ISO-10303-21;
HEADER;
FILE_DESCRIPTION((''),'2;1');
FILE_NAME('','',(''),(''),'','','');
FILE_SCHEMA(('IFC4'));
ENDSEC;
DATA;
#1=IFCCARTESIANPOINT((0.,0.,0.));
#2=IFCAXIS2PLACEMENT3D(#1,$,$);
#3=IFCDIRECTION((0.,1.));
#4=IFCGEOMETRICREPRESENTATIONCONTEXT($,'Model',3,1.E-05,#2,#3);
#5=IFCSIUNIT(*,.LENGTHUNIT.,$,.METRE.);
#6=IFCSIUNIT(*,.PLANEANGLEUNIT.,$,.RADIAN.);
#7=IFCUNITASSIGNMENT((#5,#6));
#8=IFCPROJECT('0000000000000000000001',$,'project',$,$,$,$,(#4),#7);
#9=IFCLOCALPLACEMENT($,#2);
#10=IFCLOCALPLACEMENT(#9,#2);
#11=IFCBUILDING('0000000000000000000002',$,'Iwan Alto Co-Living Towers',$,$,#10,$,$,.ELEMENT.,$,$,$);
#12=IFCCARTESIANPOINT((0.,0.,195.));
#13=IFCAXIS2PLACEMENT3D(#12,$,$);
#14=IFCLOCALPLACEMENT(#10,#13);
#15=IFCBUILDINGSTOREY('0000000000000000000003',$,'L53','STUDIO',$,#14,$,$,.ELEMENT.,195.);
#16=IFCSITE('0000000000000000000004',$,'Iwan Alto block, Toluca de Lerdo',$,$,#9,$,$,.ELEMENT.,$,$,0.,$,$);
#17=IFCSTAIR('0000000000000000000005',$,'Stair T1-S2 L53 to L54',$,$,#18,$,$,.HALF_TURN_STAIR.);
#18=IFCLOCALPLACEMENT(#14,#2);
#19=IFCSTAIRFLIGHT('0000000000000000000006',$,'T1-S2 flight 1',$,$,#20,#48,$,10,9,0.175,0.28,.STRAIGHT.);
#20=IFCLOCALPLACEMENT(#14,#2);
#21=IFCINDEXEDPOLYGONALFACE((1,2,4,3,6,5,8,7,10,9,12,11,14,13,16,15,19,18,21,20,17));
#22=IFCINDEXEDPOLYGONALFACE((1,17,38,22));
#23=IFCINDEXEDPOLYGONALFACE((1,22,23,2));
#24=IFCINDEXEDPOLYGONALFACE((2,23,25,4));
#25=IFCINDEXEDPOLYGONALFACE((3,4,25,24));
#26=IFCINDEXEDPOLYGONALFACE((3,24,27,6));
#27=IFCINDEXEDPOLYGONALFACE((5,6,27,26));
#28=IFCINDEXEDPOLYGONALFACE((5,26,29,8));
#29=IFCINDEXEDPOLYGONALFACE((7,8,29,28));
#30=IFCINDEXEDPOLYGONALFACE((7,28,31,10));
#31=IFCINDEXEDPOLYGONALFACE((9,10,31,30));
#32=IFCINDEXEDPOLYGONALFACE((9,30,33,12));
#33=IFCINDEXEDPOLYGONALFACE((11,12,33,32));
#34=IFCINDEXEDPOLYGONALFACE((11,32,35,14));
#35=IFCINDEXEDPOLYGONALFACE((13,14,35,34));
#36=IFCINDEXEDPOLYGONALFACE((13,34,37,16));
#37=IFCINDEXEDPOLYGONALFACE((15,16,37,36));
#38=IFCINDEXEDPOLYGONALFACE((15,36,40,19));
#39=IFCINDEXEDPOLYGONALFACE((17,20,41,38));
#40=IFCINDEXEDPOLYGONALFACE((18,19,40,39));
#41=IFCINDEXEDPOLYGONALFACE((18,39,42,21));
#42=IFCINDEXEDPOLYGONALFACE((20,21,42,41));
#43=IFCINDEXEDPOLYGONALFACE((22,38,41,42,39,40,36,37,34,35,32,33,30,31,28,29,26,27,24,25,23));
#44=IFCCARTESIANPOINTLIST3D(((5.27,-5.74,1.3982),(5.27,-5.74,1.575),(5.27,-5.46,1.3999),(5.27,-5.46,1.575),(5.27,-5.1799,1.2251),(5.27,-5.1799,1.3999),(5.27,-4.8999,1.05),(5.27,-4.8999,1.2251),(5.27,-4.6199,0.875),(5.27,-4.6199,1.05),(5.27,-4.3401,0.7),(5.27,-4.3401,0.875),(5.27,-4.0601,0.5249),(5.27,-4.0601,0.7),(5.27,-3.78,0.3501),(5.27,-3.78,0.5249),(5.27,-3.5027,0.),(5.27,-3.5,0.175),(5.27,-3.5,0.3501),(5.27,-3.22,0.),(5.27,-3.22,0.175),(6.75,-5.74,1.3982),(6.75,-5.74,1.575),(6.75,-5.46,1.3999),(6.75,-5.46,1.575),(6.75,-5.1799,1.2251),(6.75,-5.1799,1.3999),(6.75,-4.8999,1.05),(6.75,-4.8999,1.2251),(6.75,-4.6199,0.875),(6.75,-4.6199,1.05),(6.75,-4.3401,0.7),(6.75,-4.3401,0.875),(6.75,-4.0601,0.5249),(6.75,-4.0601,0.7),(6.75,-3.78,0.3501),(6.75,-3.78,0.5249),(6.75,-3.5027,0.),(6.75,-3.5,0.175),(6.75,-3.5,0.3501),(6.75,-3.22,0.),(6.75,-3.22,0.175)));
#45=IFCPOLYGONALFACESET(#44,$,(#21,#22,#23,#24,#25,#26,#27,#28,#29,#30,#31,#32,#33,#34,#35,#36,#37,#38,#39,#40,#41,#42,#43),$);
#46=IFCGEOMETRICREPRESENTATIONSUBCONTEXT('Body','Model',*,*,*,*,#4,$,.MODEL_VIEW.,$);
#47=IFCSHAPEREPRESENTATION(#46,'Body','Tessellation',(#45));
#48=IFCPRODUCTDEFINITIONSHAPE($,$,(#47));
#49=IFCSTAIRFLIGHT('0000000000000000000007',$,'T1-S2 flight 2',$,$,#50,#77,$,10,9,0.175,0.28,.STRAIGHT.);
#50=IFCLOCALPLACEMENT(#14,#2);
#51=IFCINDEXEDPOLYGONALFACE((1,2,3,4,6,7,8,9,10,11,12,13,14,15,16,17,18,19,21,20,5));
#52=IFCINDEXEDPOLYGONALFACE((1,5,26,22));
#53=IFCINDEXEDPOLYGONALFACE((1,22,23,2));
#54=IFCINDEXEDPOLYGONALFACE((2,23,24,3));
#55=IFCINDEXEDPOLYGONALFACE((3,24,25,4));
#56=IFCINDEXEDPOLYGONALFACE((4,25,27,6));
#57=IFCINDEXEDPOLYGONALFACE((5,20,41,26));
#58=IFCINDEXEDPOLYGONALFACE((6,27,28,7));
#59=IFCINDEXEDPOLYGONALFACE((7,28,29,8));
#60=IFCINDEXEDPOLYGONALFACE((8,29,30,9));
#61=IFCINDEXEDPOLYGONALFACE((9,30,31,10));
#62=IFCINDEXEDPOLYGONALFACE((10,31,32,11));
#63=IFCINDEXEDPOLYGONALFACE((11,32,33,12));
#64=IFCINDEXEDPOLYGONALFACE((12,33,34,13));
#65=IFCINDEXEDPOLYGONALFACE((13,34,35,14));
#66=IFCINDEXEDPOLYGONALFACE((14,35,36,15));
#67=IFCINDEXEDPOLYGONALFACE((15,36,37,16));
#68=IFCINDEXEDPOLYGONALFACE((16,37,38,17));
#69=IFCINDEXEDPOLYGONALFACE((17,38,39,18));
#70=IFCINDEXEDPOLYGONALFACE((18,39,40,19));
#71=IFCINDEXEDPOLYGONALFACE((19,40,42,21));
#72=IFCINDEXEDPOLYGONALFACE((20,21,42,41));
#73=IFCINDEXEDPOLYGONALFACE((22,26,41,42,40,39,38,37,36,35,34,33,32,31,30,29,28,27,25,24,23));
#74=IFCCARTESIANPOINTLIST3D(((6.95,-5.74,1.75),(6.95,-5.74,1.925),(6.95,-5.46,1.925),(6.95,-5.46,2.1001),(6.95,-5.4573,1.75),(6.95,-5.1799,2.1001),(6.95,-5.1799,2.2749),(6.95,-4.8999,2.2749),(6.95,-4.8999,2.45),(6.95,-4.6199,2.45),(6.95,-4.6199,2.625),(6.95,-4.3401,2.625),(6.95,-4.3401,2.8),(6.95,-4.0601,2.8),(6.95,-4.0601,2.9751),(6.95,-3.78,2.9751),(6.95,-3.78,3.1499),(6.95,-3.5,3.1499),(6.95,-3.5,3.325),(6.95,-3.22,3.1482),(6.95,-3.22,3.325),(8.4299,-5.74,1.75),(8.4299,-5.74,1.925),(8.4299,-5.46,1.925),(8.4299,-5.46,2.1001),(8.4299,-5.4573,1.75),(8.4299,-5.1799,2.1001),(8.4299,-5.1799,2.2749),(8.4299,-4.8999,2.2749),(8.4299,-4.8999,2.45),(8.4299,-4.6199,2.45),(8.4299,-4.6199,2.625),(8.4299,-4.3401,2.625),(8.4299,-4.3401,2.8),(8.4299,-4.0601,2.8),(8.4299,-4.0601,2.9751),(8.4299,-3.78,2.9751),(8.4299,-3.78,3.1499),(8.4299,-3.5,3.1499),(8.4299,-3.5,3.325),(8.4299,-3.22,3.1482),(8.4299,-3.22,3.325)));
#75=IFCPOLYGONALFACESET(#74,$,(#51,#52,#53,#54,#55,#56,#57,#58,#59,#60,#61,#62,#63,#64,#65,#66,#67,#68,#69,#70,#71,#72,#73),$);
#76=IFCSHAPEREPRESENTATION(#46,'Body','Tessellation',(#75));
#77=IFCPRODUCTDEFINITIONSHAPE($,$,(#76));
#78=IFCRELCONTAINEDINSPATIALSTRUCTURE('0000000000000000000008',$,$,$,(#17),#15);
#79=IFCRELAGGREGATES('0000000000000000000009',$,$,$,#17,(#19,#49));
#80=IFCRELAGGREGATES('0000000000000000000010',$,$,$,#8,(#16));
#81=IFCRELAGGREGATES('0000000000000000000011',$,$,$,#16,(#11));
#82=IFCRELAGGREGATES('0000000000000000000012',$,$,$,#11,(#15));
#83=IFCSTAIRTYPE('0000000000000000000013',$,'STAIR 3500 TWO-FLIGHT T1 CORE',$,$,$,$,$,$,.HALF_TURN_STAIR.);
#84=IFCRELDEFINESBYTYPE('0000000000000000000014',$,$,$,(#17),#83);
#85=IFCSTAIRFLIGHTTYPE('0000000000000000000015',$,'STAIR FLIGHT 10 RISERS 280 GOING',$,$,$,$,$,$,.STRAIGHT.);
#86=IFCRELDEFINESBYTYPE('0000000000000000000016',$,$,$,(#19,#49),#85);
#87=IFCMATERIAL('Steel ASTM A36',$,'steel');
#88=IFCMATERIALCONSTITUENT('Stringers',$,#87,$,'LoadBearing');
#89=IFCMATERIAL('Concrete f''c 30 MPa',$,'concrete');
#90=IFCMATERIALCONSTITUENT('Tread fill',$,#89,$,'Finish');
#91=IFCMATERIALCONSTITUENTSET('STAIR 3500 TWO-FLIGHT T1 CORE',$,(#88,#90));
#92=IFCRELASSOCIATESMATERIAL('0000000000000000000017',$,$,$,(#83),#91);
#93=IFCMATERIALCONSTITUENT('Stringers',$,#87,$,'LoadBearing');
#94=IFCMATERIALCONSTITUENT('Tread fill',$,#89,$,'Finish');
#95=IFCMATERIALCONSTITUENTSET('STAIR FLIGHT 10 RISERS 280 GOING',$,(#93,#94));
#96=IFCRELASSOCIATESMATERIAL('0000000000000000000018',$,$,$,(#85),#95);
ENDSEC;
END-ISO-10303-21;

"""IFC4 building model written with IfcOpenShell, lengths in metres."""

from ifc_helpers import new_model, si_unit, direction, frame, origin, place, context, subcontext, project, spatial, polyline, outline, extrude, material, constituent, constituent_set, type_object, element, aggregate, save


model = new_model("IFC4")

# Units and contexts
model_context = context("Model", 3, precision=1e-05, world=origin(), true_north=direction((0.0, 1.0)))
body_context = subcontext(model_context, "Body", "Model", "MODEL_VIEW")
ifc_project = project(units=[si_unit("LENGTHUNIT", "METRE"), si_unit("PLANEANGLEUNIT", "RADIAN")], contexts=[model_context])

# Site, building, storey
site_placement = place(None, origin())
site = spatial("IfcSite", under=ifc_project, at=site_placement, Name="Iwan Alto block, Toluca de Lerdo", CompositionType="ELEMENT", RefElevation=0.0)
building_placement = place(site_placement, origin())
building = spatial("IfcBuilding", under=site, at=building_placement, Name="Iwan Alto Co-Living Towers", CompositionType="ELEMENT")
storey_placement = place(building_placement, frame((0.0, 0.0, 195.0)))
storey = spatial("IfcBuildingStorey", under=building, at=storey_placement, Name="L53", Description="STUDIO", CompositionType="ELEMENT", Elevation=195.0)

# Stair
ifc_material_1 = material(Name="Steel ASTM A36", Category="steel")
ifc_constituent_1 = constituent(ifc_material_1, Name="Stringers", Category="LoadBearing")
ifc_material_2 = material(Name="Concrete f'c 30 MPa", Category="concrete")
ifc_constituent_2 = constituent(ifc_material_2, Name="Tread fill", Category="Finish")
ifc_constituent_set_1 = constituent_set(constituents=[ifc_constituent_1, ifc_constituent_2], Name="STAIR 3500 TWO-FLIGHT T1 CORE")
stair_type = type_object("IfcStairType", Name="STAIR 3500 TWO-FLIGHT T1 CORE", PredefinedType="HALF_TURN_STAIR", material=ifc_constituent_set_1)
stair_1_placement = place(storey_placement, origin())
stair_1 = element("IfcStair", 1, at=stair_1_placement, inside=storey, type_object=stair_type, Name="Stair T1-S2 L53 to L54", PredefinedType="HALF_TURN_STAIR")

# Stair flights
ifc_constituent_3 = constituent(ifc_material_1, Name="Stringers", Category="LoadBearing")
ifc_constituent_4 = constituent(ifc_material_2, Name="Tread fill", Category="Finish")
ifc_constituent_set_2 = constituent_set(constituents=[ifc_constituent_3, ifc_constituent_4], Name="STAIR FLIGHT 10 RISERS 280 GOING")
stair_flight_type = type_object("IfcStairFlightType", Name="STAIR FLIGHT 10 RISERS 280 GOING", PredefinedType="STRAIGHT", material=ifc_constituent_set_2)
stair_flight_1_placement = place(storey_placement, frame((6.01, -3.22, 0.0), z_axis=(0.0, 0.0, 1.0), x_axis=(0.0, -1.0, 0.0)))
stair_flight_1 = element("IfcStairFlight", 2, at=stair_flight_1_placement, type_object=stair_flight_type, Name="T1-S2 flight 1", NumberOfRisers=10, NumberOfTreads=9, PredefinedType="STRAIGHT", RiserHeight=0.175, TreadLength=0.28, context=body_context, shape_type="SweptSolid", body=[
    extrude(outline(polyline([(0.0, 0.0), (0.0, 0.175), (0.28, 0.175), (0.28, 0.3501), (0.5601, 0.3501), (0.5601, 0.5249), (0.8401, 0.5249), (0.8401, 0.7), (1.1201, 0.7), (1.1201, 0.875), (1.3999, 0.875), (1.3999, 1.05), (1.6799, 1.05), (1.6799, 1.2251), (1.96, 1.2251), (1.96, 1.3999), (2.24, 1.3999), (2.24, 1.575), (2.52, 1.575), (2.52, 1.75), (2.52, 1.3982), (0.2827, 0.0), (0.0, 0.0)])), frame((0.0, 0.74, 0.0), z_axis=(0.0, -1.0, 0.0), x_axis=(1.0, 0.0, 0.0)), (0.0, 0.0, 1.0), 1.48),
])
stair_flight_2_placement = place(storey_placement, frame((7.6899, -5.74, 1.75), z_axis=(0.0, 0.0, 1.0), x_axis=(0.0, 1.0, 0.0)))
stair_flight_2 = element("IfcStairFlight", 3, at=stair_flight_2_placement, type_object=stair_flight_type, Name="T1-S2 flight 2", NumberOfRisers=10, NumberOfTreads=9, PredefinedType="STRAIGHT", RiserHeight=0.175, TreadLength=0.28, context=body_context, shape_type="SweptSolid", body=[
    extrude(outline(polyline([(0.0, 0.0), (0.0, 0.175), (0.28, 0.175), (0.28, 0.3501), (0.5601, 0.3501), (0.5601, 0.5249), (0.8401, 0.5249), (0.8401, 0.7), (1.1201, 0.7), (1.1201, 0.875), (1.3999, 0.875), (1.3999, 1.05), (1.6799, 1.05), (1.6799, 1.2251), (1.96, 1.2251), (1.96, 1.3999), (2.24, 1.3999), (2.24, 1.575), (2.52, 1.575), (2.52, 1.75), (2.52, 1.3982), (0.2827, 0.0), (0.0, 0.0)])), frame((0.0, 0.74, 0.0), z_axis=(0.0, -1.0, 0.0), x_axis=(1.0, 0.0, 0.0)), (0.0, 0.0, 1.0), 1.48),
])
aggregate(stair_1, [stair_flight_1, stair_flight_2])

save(model, "model.ifc")
